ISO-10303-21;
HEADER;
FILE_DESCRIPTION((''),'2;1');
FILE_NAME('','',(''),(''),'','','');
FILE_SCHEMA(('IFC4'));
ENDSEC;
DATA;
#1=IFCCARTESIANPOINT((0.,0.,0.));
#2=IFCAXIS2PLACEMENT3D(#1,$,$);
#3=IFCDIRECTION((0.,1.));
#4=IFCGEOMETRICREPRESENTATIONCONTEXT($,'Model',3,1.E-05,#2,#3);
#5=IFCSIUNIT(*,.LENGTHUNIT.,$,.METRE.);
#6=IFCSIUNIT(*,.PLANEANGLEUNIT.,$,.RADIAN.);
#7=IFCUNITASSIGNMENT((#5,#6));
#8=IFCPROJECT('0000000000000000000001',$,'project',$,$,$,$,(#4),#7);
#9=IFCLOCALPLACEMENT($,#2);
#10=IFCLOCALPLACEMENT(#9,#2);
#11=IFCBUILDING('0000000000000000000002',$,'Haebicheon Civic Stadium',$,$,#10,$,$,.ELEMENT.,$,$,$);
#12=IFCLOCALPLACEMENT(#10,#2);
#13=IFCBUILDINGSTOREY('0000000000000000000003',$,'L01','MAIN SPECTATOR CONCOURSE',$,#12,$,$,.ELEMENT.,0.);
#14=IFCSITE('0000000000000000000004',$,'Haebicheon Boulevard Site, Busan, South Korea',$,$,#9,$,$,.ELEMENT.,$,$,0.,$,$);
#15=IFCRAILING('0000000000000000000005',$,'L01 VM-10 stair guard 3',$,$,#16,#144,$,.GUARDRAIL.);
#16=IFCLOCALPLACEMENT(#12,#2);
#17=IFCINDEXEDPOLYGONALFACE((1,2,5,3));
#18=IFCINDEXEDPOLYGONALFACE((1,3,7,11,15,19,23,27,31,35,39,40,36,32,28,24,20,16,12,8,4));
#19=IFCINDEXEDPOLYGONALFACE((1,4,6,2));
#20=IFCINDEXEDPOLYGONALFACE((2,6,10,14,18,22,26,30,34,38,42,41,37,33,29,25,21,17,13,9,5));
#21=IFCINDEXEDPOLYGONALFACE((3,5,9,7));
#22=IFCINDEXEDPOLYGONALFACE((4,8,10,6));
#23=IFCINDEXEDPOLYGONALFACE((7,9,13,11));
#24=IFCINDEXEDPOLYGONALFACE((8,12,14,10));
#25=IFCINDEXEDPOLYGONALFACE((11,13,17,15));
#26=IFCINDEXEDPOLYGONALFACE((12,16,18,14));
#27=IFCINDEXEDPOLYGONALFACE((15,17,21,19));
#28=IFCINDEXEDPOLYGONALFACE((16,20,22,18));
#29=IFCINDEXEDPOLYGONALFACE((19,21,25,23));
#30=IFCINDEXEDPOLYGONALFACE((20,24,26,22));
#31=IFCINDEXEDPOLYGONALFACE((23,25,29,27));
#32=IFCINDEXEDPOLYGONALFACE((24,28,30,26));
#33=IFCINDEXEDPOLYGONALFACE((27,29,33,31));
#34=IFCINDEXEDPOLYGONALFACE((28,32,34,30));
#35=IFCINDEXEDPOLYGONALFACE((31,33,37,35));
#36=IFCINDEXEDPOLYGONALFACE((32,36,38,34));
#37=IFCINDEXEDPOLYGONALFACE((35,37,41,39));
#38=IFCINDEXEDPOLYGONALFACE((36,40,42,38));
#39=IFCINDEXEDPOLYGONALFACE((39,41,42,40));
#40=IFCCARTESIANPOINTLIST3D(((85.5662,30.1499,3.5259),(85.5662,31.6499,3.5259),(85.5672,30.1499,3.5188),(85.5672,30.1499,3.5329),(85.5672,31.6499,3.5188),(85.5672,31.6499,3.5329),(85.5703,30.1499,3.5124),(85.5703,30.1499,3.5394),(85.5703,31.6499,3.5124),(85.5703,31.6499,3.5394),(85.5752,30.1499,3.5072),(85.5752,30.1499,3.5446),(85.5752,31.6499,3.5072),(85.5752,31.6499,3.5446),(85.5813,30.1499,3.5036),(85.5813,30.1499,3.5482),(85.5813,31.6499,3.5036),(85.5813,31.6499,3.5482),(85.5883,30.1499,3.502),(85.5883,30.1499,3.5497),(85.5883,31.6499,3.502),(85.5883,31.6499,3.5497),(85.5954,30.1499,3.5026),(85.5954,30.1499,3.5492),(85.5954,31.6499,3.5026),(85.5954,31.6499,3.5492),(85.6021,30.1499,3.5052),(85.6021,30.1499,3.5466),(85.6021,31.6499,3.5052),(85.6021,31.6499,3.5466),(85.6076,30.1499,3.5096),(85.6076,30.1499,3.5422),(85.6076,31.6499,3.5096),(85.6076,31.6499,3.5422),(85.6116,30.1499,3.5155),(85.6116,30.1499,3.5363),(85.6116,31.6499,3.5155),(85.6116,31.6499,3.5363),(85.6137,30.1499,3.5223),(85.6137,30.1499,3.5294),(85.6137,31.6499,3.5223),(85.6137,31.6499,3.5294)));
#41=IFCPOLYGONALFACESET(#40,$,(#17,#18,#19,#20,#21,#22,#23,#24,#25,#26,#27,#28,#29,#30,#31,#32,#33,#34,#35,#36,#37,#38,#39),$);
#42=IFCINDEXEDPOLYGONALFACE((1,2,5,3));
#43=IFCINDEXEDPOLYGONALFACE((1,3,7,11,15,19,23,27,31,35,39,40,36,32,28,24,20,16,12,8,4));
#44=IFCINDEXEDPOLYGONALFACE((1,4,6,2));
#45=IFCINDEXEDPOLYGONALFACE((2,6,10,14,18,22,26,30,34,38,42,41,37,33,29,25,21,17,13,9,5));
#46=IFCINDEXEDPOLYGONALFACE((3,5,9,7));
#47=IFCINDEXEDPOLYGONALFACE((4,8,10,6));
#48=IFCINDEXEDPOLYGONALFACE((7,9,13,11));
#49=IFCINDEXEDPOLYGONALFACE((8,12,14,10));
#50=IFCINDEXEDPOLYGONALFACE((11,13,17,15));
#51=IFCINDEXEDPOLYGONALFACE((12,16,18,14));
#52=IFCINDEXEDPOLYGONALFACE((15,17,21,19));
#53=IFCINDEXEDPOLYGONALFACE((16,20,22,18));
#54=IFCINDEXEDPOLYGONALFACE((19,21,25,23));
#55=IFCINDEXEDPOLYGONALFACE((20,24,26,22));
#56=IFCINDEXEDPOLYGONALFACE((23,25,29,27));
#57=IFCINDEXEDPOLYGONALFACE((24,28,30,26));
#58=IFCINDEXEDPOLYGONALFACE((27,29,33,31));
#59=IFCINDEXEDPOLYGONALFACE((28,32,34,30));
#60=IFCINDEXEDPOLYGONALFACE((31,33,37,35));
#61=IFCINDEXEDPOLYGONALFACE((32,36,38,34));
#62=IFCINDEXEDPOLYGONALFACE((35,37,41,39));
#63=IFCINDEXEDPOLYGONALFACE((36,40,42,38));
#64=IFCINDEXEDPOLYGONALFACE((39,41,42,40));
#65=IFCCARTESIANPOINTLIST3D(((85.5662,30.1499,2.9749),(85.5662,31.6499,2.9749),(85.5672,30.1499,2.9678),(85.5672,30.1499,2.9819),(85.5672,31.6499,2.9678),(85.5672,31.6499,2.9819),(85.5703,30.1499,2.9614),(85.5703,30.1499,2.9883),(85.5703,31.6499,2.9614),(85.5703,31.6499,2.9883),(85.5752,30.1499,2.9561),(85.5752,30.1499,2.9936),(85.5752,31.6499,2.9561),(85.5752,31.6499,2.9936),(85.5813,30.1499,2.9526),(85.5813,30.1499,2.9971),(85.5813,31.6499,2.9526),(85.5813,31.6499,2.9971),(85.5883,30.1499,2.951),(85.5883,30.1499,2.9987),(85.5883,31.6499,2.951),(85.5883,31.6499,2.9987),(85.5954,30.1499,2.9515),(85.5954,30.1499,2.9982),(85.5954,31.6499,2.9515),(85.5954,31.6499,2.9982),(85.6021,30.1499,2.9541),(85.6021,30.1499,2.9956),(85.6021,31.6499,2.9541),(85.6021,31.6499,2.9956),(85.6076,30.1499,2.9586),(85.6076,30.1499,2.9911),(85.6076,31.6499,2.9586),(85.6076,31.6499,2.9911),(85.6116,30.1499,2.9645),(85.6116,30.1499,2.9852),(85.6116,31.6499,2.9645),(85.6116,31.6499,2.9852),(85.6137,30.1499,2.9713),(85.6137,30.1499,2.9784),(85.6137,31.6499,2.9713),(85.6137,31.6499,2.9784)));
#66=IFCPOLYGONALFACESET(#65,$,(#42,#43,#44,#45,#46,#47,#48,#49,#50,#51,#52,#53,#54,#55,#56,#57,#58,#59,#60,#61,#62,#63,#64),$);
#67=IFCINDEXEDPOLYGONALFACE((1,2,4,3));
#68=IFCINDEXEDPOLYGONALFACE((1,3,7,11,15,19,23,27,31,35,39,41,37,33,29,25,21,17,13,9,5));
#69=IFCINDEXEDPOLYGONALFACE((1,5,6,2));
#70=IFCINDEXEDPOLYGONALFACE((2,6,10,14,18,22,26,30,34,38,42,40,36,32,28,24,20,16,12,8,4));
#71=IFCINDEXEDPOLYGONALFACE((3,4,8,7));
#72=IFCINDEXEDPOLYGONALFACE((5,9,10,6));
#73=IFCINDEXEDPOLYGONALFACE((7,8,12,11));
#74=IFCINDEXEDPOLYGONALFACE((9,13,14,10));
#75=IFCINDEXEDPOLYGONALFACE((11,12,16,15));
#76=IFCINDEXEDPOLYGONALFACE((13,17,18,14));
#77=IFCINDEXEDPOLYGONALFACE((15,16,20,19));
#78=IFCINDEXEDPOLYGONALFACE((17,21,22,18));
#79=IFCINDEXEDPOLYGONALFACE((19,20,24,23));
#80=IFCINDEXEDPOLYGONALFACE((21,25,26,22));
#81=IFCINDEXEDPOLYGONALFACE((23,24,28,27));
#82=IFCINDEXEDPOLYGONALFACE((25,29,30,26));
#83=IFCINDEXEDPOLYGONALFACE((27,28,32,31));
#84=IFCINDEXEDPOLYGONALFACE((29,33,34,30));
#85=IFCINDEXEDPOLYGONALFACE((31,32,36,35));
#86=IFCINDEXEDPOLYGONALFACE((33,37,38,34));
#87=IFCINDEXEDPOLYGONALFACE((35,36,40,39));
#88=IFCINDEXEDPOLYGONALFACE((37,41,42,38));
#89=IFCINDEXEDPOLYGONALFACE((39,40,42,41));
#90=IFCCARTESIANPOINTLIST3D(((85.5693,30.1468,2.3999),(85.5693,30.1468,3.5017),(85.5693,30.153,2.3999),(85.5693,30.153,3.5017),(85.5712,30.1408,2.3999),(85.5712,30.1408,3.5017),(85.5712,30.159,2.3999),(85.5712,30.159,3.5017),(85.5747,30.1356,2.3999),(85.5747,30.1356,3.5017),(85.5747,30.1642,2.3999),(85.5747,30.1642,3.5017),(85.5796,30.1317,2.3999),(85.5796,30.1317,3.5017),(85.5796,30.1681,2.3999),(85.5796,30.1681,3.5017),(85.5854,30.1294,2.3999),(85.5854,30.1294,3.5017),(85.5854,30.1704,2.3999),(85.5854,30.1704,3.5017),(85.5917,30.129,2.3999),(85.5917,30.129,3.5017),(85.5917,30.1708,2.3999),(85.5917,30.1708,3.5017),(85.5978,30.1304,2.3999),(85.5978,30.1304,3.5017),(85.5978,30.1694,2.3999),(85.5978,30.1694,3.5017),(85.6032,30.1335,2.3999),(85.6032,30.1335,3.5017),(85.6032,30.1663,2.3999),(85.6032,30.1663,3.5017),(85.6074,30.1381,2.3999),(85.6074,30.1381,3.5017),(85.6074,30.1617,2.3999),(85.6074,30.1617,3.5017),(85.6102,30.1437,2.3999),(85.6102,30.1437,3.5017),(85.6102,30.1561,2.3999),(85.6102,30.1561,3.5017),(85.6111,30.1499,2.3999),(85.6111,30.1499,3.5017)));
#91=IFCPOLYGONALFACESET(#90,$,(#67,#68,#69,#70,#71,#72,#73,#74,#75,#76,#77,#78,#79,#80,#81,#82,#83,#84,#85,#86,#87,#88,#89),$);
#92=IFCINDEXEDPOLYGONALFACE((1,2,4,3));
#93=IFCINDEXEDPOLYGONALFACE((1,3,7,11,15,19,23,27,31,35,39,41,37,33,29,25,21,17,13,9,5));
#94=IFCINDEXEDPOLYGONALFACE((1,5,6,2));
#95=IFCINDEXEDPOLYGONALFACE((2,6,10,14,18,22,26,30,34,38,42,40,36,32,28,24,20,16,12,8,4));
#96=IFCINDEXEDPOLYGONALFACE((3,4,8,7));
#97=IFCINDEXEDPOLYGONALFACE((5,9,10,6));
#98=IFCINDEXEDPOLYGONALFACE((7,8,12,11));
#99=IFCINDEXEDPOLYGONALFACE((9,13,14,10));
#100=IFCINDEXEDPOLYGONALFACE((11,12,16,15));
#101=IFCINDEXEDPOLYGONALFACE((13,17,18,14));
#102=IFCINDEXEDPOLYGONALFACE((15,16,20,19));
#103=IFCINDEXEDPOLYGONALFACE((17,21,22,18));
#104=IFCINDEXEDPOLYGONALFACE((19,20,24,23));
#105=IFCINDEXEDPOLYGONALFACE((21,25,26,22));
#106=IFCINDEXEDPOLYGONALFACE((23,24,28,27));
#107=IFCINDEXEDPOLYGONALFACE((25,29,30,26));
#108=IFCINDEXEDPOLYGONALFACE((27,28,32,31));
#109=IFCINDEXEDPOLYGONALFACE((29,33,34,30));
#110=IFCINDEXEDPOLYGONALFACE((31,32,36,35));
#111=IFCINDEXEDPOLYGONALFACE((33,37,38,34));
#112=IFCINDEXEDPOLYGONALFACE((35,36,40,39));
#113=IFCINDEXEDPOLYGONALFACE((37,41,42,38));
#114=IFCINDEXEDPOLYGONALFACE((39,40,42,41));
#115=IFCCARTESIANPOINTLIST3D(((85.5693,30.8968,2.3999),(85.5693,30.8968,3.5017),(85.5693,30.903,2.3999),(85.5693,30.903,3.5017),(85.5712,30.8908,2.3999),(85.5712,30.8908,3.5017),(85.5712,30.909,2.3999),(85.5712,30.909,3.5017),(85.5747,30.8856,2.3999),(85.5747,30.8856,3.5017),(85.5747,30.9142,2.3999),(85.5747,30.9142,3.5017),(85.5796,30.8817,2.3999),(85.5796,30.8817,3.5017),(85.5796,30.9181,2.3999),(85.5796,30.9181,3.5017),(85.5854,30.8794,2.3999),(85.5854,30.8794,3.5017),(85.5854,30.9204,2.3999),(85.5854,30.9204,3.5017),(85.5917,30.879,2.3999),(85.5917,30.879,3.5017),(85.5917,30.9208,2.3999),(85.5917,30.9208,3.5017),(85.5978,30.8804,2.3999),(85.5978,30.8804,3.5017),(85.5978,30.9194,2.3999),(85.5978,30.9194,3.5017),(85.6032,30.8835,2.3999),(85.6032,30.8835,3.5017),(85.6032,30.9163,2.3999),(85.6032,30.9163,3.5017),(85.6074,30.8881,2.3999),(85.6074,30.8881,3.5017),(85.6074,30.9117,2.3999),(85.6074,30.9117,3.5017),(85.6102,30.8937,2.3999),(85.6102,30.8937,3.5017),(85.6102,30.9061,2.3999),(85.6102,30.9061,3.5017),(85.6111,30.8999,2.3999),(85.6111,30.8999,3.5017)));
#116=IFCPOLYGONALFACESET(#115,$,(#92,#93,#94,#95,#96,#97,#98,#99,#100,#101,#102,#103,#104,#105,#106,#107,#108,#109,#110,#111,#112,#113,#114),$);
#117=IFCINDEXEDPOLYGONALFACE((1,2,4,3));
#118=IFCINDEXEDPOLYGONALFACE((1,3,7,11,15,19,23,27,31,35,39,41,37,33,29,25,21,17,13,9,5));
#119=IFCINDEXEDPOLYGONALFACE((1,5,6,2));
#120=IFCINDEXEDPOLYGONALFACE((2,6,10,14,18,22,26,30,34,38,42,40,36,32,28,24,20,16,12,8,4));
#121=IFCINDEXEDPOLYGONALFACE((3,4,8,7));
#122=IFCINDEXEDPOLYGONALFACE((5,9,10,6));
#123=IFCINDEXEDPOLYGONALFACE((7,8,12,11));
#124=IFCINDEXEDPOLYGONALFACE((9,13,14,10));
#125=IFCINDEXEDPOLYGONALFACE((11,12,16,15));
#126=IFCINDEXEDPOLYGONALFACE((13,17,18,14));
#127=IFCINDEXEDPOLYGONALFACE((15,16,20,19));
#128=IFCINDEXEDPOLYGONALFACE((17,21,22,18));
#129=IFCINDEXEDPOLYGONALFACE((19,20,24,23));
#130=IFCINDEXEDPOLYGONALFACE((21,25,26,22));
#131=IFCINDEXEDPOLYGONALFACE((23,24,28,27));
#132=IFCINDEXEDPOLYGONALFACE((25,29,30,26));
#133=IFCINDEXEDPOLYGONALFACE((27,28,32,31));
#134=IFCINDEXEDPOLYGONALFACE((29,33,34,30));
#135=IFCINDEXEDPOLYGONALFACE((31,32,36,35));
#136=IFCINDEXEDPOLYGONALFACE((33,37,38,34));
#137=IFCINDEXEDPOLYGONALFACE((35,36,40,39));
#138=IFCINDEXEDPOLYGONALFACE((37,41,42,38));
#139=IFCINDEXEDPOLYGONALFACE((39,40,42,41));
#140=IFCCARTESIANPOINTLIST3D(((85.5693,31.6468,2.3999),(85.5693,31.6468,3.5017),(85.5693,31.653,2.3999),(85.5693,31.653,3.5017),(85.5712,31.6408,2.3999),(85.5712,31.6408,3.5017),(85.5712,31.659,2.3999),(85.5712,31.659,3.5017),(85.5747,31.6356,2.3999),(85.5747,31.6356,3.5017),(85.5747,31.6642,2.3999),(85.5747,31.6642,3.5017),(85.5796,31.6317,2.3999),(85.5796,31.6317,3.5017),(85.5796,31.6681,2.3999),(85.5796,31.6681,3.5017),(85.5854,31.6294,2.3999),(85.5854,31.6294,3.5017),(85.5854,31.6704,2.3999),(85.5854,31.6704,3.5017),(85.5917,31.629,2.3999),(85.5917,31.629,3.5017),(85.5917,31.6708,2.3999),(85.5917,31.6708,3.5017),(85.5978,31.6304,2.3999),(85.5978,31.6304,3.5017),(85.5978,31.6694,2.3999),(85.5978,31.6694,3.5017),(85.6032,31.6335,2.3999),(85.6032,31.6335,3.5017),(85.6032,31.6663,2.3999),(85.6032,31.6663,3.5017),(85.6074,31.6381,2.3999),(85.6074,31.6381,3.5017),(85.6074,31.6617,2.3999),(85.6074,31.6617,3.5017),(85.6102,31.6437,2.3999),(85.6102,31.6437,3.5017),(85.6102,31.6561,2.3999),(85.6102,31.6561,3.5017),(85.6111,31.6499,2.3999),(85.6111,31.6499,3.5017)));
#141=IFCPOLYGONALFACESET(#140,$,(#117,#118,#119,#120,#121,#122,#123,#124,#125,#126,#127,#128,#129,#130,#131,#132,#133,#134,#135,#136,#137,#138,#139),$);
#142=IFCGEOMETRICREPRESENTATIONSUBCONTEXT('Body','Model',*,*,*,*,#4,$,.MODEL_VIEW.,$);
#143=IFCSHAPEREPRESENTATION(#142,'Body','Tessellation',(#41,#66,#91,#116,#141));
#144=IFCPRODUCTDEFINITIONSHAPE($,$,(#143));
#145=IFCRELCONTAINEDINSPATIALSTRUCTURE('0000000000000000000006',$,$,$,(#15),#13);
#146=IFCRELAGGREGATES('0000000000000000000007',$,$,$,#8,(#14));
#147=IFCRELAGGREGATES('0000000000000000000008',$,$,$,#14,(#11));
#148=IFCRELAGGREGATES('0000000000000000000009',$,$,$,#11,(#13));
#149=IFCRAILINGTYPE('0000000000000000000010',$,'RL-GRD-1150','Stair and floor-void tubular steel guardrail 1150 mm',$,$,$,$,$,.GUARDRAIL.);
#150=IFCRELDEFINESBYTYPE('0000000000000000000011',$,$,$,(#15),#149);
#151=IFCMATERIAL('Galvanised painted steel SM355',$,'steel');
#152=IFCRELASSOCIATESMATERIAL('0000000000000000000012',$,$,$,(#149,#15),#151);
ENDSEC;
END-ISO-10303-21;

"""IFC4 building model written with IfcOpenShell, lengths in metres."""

from ifc_helpers import new_model, si_unit, direction, frame, origin, origin_2d, place, context, subcontext, project, spatial, circle, extrude, material, type_object, element, save


model = new_model("IFC4")

# Units and contexts
model_context = context("Model", 3, precision=1e-05, world=origin(), true_north=direction((0.0, 1.0)))
body_context = subcontext(model_context, "Body", "Model", "MODEL_VIEW")
ifc_project = project(units=[si_unit("LENGTHUNIT", "METRE"), si_unit("PLANEANGLEUNIT", "RADIAN")], contexts=[model_context])

# Site, building, storey
site_placement = place(None, origin())
site = spatial("IfcSite", under=ifc_project, at=site_placement, Name="Haebicheon Boulevard Site, Busan, South Korea", CompositionType="ELEMENT", RefElevation=0.0)
building_placement = place(site_placement, origin())
building = spatial("IfcBuilding", under=site, at=building_placement, Name="Haebicheon Civic Stadium", CompositionType="ELEMENT")
storey_placement = place(building_placement, origin())
storey = spatial("IfcBuildingStorey", under=building, at=storey_placement, Name="L01", Description="MAIN SPECTATOR CONCOURSE", CompositionType="ELEMENT", Elevation=0.0)

# Railing
ifc_material_1 = material(Name="Galvanised painted steel SM355", Category="steel")
railing_type_1 = type_object("IfcRailingType", Name="RL-GRD-1150", Description="Stair and floor-void tubular steel guardrail 1150 mm", PredefinedType="GUARDRAIL", material=ifc_material_1)
for number, where, name in (
    (1, (85.5901, 30.1499, 2.3999), "L01 VM-10 stair guard 3"),
):
    element("IfcRailing", number, at=place(storey_placement, frame(where)), inside=storey, type_object=railing_type_1, material=ifc_material_1, Name=name, PredefinedType="GUARDRAIL", context=body_context, shape_type="SweptSolid", body=[
        extrude(circle(Radius=0.0239, at=origin_2d()), frame((0.0, 0.0, 1.126), z_axis=(0.0, 1.0, 0.0), x_axis=(-1.0, 0.0, 0.0)), (0.0, 0.0, 1.0), 1.5),
        extrude(circle(Radius=0.0239, at=origin_2d()), frame((0.0, 0.0, 0.575), z_axis=(0.0, 1.0, 0.0), x_axis=(-1.0, 0.0, 0.0)), (0.0, 0.0, 1.0), 1.5),
        extrude(circle(Radius=0.021, at=origin_2d()), origin(), (0.0, 0.0, 1.0), 1.1018),
        extrude(circle(Radius=0.021, at=origin_2d()), frame((0.0, 0.75, 0.0)), (0.0, 0.0, 1.0), 1.1018),
        extrude(circle(Radius=0.021, at=origin_2d()), frame((0.0, 1.5, 0.0)), (0.0, 0.0, 1.0), 1.1018),
    ])

save(model, "model.ifc")
